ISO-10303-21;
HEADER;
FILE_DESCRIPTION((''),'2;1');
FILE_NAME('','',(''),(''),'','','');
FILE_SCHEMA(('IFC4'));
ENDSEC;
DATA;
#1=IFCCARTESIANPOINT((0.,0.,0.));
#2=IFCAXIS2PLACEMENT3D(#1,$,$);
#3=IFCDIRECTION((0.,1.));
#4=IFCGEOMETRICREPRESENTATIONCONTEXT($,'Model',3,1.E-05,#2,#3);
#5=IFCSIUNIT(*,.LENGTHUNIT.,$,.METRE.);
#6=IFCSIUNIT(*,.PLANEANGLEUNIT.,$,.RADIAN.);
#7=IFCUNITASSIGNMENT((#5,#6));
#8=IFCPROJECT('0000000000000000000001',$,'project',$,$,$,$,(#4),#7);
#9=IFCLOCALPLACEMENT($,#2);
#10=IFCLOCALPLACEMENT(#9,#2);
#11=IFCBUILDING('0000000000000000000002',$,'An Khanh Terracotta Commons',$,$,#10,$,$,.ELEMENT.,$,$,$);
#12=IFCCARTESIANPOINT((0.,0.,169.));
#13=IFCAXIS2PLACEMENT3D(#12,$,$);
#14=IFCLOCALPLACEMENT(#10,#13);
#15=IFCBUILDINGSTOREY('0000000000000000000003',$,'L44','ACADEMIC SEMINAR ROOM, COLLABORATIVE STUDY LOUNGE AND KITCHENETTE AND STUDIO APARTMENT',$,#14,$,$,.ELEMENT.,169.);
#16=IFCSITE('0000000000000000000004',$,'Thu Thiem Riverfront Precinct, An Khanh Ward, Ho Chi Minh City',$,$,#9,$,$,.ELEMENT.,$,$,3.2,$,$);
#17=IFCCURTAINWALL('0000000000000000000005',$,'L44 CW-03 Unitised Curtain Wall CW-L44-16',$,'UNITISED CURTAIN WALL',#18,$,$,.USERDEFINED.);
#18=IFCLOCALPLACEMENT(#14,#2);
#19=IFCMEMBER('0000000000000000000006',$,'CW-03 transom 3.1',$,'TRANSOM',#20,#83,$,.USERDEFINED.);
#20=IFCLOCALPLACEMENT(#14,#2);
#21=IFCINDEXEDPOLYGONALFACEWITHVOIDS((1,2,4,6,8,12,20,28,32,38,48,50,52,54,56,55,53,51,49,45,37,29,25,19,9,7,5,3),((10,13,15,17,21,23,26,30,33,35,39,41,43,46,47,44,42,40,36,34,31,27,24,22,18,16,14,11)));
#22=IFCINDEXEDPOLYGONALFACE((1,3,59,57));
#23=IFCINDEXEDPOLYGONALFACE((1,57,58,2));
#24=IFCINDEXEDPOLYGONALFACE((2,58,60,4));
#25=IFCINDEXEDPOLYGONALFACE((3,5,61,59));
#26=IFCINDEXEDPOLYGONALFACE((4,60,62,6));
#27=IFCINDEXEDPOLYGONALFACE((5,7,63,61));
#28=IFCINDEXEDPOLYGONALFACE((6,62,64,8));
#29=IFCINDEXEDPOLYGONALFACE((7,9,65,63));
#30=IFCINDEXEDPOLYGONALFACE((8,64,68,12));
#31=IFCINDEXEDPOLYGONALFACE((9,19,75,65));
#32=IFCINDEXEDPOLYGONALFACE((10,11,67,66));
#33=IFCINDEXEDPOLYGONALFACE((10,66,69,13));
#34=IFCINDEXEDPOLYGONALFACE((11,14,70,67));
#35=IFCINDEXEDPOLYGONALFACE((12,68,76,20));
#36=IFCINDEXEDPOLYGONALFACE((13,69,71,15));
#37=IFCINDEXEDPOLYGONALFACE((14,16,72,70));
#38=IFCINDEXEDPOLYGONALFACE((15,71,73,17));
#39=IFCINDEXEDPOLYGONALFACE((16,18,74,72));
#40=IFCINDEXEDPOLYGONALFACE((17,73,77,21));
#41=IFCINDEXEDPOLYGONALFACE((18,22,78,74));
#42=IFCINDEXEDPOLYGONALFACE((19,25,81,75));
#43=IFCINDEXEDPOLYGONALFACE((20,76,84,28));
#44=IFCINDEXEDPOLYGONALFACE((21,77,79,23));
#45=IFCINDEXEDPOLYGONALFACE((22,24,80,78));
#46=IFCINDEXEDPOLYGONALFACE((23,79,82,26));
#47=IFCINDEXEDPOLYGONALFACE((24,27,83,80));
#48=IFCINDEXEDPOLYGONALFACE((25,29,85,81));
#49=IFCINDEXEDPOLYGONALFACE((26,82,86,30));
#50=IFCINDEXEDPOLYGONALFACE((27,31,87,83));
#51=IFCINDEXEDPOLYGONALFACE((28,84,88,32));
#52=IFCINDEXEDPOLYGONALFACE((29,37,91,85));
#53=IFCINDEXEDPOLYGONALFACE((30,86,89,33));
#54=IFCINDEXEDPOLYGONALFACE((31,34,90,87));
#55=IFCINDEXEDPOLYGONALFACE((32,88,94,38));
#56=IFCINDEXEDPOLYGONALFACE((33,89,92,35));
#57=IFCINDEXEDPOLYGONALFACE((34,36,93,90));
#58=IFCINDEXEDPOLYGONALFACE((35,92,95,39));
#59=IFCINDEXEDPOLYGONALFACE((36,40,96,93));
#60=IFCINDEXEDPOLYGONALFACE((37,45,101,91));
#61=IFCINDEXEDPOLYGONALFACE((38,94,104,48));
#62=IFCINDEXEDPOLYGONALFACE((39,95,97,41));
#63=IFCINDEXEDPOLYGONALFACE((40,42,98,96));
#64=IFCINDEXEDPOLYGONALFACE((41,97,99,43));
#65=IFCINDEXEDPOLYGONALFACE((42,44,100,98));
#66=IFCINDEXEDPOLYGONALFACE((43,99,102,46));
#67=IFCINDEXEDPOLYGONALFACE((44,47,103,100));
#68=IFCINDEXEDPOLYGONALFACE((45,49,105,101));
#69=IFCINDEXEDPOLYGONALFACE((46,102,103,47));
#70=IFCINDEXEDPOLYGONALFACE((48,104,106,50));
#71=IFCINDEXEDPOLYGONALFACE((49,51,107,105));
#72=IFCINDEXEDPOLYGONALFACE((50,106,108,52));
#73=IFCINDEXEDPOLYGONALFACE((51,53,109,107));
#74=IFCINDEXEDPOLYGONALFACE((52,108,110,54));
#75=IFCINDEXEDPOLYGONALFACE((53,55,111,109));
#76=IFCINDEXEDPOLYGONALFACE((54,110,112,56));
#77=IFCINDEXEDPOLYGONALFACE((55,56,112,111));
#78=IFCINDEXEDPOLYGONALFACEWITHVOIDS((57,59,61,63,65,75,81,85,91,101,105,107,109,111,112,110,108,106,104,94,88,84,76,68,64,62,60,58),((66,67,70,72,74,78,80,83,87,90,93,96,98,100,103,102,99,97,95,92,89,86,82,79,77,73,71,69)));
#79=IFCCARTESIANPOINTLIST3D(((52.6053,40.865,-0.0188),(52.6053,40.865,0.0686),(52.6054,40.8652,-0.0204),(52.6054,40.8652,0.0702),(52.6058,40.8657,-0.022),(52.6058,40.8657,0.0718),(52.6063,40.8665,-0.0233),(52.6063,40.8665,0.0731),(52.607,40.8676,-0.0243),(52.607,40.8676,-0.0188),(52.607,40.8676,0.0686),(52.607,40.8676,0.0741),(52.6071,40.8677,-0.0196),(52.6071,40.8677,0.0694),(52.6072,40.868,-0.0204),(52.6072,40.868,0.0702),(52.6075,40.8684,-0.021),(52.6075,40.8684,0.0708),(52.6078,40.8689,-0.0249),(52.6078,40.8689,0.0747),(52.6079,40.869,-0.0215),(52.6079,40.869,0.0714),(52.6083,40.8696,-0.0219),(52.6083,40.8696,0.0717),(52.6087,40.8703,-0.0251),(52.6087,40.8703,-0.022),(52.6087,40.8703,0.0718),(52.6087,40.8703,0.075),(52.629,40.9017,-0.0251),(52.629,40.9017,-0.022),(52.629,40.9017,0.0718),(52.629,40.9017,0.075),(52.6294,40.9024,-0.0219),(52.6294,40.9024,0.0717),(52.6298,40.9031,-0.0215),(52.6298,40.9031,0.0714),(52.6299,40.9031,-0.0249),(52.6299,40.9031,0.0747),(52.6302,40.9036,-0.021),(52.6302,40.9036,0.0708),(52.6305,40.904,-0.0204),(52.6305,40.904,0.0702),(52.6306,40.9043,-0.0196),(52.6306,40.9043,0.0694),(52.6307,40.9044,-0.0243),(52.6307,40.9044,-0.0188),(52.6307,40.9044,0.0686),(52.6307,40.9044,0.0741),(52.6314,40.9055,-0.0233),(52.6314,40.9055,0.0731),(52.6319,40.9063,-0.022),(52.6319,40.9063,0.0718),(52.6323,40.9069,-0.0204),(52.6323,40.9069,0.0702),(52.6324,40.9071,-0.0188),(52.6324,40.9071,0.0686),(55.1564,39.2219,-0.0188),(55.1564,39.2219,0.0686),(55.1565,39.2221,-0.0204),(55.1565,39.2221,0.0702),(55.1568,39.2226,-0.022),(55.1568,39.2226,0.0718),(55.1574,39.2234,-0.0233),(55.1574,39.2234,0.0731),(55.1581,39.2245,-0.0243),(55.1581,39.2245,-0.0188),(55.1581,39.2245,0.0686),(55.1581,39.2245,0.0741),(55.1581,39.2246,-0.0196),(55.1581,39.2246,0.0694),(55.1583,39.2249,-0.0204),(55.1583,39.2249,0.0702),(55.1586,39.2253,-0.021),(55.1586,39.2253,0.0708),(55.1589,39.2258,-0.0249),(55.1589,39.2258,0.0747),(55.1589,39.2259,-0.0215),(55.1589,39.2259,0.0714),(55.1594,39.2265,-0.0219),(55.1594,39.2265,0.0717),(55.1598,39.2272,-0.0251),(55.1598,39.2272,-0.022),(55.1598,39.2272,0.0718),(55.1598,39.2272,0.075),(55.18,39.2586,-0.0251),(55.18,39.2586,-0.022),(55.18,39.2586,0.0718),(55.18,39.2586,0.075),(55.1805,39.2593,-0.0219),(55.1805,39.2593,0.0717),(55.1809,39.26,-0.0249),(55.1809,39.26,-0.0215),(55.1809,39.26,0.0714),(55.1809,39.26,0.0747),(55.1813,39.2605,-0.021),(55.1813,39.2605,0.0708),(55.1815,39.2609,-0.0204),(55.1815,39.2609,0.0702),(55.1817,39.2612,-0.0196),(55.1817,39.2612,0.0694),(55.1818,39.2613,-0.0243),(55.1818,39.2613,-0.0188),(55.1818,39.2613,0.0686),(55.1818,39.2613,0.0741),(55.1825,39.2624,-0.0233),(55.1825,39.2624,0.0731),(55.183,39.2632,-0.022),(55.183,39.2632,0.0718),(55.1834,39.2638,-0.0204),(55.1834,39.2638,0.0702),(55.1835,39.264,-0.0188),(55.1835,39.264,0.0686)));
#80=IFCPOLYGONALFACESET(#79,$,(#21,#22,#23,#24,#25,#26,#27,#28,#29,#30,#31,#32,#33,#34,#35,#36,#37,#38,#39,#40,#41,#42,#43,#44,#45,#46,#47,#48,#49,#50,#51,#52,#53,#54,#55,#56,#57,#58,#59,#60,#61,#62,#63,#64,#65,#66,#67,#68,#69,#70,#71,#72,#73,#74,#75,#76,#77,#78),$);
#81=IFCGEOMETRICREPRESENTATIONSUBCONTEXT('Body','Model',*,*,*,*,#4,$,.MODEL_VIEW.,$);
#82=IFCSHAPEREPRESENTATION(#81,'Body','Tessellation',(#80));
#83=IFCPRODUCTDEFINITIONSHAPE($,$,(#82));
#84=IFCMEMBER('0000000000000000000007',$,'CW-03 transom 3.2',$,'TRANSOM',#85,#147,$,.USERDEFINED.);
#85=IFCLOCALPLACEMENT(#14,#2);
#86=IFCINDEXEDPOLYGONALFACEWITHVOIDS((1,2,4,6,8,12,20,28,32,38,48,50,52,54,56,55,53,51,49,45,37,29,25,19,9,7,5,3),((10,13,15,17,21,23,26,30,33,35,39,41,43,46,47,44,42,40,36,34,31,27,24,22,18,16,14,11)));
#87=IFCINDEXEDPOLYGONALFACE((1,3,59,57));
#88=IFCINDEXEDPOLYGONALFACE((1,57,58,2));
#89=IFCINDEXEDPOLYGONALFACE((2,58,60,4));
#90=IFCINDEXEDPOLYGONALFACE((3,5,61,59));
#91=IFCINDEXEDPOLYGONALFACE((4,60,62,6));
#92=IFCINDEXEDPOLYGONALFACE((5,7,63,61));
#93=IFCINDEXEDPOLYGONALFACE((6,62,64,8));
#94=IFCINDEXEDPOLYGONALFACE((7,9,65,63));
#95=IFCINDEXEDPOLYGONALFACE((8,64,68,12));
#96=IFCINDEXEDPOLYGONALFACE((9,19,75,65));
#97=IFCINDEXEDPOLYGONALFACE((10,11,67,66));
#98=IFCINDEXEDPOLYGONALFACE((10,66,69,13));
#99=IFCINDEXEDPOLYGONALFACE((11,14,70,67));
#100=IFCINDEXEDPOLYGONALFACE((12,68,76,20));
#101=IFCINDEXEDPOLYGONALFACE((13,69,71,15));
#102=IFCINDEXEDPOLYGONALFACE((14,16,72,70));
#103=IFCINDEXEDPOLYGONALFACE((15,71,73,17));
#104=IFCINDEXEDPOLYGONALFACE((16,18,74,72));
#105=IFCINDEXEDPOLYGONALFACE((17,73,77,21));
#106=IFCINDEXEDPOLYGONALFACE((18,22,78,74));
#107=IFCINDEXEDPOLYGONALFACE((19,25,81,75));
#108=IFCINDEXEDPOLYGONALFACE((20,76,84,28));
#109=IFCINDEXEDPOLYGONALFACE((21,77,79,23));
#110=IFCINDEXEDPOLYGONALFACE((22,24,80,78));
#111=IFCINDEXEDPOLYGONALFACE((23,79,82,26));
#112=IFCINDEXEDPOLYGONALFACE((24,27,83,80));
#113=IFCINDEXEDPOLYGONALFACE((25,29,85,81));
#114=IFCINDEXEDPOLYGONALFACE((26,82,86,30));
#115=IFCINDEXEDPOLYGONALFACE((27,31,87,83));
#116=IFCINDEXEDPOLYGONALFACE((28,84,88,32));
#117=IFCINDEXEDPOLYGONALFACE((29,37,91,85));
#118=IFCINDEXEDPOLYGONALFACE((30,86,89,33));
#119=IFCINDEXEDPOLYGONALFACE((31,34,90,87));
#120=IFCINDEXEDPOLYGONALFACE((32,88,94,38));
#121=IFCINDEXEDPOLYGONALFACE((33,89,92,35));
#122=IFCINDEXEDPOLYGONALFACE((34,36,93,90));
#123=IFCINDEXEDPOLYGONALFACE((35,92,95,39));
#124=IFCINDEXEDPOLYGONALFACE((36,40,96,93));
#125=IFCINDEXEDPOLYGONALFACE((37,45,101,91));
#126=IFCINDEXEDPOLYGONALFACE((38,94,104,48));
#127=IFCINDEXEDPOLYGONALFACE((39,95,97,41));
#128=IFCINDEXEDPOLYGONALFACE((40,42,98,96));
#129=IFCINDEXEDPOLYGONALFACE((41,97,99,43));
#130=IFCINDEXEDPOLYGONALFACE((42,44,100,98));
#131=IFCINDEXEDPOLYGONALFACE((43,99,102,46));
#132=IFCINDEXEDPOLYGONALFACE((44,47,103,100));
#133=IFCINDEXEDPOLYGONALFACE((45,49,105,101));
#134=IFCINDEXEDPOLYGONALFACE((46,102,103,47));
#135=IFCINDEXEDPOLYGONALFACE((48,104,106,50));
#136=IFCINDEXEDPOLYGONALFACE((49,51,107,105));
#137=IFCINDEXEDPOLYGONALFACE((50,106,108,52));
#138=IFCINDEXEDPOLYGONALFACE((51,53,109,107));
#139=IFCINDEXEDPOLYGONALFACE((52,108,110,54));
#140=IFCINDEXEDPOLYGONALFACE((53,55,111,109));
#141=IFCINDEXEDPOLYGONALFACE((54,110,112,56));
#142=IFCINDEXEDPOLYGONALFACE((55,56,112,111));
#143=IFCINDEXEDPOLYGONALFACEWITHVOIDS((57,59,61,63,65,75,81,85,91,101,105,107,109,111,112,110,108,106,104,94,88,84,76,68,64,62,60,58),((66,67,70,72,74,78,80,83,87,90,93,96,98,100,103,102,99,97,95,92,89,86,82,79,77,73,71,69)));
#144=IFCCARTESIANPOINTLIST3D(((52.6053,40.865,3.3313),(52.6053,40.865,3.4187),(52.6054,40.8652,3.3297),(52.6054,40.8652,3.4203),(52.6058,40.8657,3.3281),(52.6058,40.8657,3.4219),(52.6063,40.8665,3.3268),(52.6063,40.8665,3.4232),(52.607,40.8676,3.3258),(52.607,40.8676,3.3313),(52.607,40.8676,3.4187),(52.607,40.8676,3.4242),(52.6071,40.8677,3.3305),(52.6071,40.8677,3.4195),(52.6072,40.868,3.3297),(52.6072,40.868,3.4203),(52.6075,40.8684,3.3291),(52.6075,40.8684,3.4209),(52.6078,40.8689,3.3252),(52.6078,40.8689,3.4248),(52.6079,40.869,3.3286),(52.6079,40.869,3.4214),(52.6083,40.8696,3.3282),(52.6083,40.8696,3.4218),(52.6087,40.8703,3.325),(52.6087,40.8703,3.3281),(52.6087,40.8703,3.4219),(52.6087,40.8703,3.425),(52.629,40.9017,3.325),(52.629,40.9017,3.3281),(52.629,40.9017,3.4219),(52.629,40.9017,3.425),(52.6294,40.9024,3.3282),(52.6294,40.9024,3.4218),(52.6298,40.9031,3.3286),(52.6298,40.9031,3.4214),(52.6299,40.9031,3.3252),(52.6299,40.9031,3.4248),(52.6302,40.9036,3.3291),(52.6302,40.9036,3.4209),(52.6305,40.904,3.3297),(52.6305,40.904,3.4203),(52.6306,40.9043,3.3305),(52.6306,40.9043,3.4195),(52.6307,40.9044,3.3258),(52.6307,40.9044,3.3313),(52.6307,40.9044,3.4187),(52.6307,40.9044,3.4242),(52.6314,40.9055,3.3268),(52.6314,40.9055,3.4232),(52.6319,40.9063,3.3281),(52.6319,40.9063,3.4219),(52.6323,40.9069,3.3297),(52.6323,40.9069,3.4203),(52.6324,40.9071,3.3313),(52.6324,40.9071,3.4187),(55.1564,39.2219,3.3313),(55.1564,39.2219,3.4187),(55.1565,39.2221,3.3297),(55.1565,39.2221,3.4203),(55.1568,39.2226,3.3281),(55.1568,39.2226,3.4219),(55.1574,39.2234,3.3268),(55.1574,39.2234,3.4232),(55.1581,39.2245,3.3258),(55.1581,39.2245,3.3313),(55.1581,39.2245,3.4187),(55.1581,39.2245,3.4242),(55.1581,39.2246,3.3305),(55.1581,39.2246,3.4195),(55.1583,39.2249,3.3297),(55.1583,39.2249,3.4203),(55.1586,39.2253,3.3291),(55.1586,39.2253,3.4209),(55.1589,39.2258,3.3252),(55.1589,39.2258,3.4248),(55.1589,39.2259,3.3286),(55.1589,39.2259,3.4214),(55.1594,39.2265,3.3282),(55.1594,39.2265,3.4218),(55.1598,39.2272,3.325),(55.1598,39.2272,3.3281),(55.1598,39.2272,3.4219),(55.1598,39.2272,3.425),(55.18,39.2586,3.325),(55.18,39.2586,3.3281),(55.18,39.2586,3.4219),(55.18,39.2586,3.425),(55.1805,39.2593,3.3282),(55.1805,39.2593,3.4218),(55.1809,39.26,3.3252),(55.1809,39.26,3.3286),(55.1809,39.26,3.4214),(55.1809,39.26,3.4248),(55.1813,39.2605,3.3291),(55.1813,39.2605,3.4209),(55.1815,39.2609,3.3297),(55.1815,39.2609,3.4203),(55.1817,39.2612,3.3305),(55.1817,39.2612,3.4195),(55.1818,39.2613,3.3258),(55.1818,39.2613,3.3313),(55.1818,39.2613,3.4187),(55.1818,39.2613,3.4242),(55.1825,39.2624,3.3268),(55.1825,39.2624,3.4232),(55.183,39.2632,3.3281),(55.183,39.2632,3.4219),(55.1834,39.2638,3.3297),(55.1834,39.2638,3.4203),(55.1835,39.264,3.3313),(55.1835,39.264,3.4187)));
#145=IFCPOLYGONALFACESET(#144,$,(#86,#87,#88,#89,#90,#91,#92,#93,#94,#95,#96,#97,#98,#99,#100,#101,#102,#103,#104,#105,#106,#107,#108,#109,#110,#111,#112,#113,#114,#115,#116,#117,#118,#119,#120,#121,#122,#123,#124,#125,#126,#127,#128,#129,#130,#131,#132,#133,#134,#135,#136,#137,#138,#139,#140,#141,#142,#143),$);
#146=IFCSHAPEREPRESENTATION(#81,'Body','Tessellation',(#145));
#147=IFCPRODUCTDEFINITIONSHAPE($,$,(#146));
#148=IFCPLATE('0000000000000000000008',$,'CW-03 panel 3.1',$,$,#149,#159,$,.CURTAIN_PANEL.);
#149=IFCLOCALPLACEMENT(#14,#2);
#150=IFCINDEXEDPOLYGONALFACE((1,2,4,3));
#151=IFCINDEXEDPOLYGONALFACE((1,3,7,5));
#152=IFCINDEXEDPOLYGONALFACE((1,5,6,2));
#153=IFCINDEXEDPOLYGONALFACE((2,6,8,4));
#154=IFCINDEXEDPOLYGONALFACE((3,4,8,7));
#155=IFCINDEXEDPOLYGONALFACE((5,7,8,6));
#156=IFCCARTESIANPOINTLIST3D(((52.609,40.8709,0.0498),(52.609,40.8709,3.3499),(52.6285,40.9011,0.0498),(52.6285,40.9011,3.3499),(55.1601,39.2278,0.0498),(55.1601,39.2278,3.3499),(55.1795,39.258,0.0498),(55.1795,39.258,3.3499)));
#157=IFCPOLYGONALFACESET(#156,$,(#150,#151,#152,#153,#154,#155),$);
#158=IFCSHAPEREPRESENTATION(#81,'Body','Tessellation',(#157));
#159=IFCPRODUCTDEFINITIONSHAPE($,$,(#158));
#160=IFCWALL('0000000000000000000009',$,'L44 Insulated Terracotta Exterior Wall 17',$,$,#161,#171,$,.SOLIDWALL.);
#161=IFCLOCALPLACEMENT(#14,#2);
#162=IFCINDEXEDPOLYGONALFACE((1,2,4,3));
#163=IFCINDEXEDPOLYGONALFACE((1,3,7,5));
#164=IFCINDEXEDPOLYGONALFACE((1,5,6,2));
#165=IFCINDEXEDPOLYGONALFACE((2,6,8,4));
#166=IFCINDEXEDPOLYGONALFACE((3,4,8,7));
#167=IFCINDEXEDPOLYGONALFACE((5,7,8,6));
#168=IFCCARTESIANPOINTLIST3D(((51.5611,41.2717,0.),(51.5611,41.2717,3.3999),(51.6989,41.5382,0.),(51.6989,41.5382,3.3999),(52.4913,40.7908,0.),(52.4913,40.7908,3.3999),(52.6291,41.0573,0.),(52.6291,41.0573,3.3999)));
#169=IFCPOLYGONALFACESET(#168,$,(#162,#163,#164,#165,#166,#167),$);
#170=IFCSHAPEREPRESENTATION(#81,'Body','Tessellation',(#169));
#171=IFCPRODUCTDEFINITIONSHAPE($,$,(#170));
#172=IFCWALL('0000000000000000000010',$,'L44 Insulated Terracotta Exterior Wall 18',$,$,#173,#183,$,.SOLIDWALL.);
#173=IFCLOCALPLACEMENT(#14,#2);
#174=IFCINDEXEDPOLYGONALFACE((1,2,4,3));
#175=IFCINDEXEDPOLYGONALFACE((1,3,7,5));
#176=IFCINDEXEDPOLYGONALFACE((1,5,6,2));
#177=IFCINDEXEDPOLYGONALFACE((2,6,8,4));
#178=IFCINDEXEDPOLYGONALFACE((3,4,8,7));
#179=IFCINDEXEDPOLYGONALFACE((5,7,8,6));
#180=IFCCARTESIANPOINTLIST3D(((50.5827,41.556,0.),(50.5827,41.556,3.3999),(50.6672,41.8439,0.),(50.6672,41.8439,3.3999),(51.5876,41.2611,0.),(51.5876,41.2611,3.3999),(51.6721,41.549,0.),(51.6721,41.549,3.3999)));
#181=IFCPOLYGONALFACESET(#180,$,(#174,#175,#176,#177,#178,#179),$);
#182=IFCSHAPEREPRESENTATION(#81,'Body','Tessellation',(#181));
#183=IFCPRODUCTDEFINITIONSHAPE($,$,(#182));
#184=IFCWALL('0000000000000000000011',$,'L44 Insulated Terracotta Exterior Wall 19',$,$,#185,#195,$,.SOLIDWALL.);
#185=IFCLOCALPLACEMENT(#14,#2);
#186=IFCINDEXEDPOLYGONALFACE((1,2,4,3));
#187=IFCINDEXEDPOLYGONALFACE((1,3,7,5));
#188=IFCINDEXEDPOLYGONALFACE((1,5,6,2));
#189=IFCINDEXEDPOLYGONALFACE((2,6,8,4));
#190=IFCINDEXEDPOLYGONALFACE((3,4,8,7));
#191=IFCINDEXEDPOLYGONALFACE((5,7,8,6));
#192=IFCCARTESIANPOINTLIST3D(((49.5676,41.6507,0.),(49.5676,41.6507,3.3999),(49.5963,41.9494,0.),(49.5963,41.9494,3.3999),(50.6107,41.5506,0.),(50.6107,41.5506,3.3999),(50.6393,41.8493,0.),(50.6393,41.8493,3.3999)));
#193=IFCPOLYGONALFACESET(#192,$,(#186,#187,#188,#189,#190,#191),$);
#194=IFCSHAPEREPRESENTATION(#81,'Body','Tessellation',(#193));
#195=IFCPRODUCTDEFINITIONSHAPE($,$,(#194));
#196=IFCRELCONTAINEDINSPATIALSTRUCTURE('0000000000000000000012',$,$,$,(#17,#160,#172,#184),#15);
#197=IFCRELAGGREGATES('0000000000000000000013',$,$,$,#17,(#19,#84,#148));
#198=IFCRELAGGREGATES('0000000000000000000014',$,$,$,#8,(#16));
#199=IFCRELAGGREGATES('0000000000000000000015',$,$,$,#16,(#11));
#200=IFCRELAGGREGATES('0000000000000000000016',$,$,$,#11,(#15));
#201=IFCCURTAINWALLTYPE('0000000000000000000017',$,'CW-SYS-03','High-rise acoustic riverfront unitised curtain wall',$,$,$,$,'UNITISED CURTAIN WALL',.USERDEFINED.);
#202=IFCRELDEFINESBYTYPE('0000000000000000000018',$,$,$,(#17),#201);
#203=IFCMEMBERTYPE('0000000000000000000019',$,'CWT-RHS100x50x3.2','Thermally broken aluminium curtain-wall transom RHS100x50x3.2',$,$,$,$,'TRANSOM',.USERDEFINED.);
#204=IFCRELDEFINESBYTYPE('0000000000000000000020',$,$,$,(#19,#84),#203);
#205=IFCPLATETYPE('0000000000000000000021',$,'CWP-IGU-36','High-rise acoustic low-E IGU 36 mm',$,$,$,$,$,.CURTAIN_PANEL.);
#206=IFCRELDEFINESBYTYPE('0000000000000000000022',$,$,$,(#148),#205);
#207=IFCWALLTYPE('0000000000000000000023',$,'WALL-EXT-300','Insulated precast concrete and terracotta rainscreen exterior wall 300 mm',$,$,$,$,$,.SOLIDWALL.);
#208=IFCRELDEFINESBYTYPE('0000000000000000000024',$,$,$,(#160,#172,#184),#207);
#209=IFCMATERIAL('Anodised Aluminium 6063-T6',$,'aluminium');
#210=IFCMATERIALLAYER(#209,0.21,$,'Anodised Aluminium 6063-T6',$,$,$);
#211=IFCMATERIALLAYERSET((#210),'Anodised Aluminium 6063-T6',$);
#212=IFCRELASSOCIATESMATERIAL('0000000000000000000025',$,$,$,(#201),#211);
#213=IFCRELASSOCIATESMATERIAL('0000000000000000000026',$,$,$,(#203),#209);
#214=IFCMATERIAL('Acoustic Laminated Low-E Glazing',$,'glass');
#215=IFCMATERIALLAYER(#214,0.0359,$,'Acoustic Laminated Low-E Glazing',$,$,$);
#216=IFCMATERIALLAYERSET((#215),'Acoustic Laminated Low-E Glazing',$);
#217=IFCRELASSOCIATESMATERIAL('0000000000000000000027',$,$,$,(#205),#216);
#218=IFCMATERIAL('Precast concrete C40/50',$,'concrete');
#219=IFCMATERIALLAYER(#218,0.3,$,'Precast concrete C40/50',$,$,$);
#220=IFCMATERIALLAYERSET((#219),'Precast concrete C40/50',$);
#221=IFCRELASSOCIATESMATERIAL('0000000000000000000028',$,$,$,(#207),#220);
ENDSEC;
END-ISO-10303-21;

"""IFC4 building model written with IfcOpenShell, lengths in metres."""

from ifc_helpers import new_model, si_unit, direction, frame, frame_2d, origin, origin_2d, place, context, subcontext, project, spatial, rectangle, hollow_rectangle, extrude, material, layer, layer_set, material_profile, profile_set, type_object, element, aggregate, save


model = new_model("IFC4")

# Units and contexts
model_context = context("Model", 3, precision=1e-05, world=origin(), true_north=direction((0.0, 1.0)))
body_context = subcontext(model_context, "Body", "Model", "MODEL_VIEW")
ifc_project = project(units=[si_unit("LENGTHUNIT", "METRE"), si_unit("PLANEANGLEUNIT", "RADIAN")], contexts=[model_context])

# Site, building, storey
site_placement = place(None, origin())
site = spatial("IfcSite", under=ifc_project, at=site_placement, Name="Thu Thiem Riverfront Precinct, An Khanh Ward, Ho Chi Minh City", CompositionType="ELEMENT", RefElevation=3.2)
building_placement = place(site_placement, origin())
building = spatial("IfcBuilding", under=site, at=building_placement, Name="An Khanh Terracotta Commons", CompositionType="ELEMENT")
storey_placement = place(building_placement, frame((0.0, 0.0, 169.0)))
storey = spatial("IfcBuildingStorey", under=building, at=storey_placement, Name="L44", Description="ACADEMIC SEMINAR ROOM, COLLABORATIVE STUDY LOUNGE AND KITCHENETTE AND STUDIO APARTMENT", CompositionType="ELEMENT", Elevation=169.0)

# Curtain wall, members, plate
ifc_material_1 = material(Name="Anodised Aluminium 6063-T6", Category="aluminium")
ifc_layer_1 = layer(ifc_material_1, 0.21, Name="Anodised Aluminium 6063-T6")
ifc_layer_set_1 = layer_set([ifc_layer_1], Name="Anodised Aluminium 6063-T6")
curtain_wall_type = type_object("IfcCurtainWallType", Name="CW-SYS-03", Description="High-rise acoustic riverfront unitised curtain wall", ElementType="UNITISED CURTAIN WALL", PredefinedType="USERDEFINED", material=ifc_layer_set_1)
curtain_wall_placement = place(storey_placement, origin())
curtain_wall = element("IfcCurtainWall", 1, at=curtain_wall_placement, inside=storey, type_object=curtain_wall_type, Name="L44 CW-03 Unitised Curtain Wall CW-L44-16", ObjectType="UNITISED CURTAIN WALL", PredefinedType="USERDEFINED")
ifc_material_profile_1 = material_profile(ifc_material_1, hollow_rectangle(XDim=0.05, YDim=0.1001, WallThickness=0.0032, InnerFilletRadius=0.0032, OuterFilletRadius=0.0063, at=origin_2d()), Name="RHS100x50x3.2")
ifc_profile_set_1 = profile_set([ifc_material_profile_1], Name="Anodised Aluminium 6063-T6")
member_type_1 = type_object("IfcMemberType", Name="CWT-RHS100x50x3.2", Description="Thermally broken aluminium curtain-wall transom RHS100x50x3.2", ElementType="TRANSOM", PredefinedType="USERDEFINED", material=ifc_profile_set_1)
member_1_placement = place(storey_placement, frame((55.1699, 39.2429, 0.0249), z_axis=(-0.84071, 0.541485, 0.0), x_axis=(-0.541485, -0.84071, 0.0)))
member_1 = element("IfcMember", 2, at=member_1_placement, type_object=member_type_1, Name="CW-03 transom 3.1", ObjectType="TRANSOM", PredefinedType="USERDEFINED", context=body_context, shape_type="SweptSolid", body=[
    extrude(hollow_rectangle(XDim=0.05, YDim=0.1001, WallThickness=0.0032, InnerFilletRadius=0.0032, OuterFilletRadius=0.0063, at=origin_2d()), origin(), (0.0, 0.0, 1.0), 3.0344),
])
member_2_placement = place(storey_placement, frame((55.1699, 39.2429, 3.375), z_axis=(-0.84071, 0.541485, 0.0), x_axis=(-0.541485, -0.84071, 0.0)))
member_2 = element("IfcMember", 3, at=member_2_placement, type_object=member_type_1, Name="CW-03 transom 3.2", ObjectType="TRANSOM", PredefinedType="USERDEFINED", context=body_context, shape_type="SweptSolid", body=[
    extrude(hollow_rectangle(XDim=0.05, YDim=0.1001, WallThickness=0.0032, InnerFilletRadius=0.0032, OuterFilletRadius=0.0063, at=origin_2d()), origin(), (0.0, 0.0, 1.0), 3.0344),
])
ifc_material_2 = material(Name="Acoustic Laminated Low-E Glazing", Category="glass")
ifc_layer_2 = layer(ifc_material_2, 0.0359, Name="Acoustic Laminated Low-E Glazing")
ifc_layer_set_2 = layer_set([ifc_layer_2], Name="Acoustic Laminated Low-E Glazing")
plate_type = type_object("IfcPlateType", Name="CWP-IGU-36", Description="High-rise acoustic low-E IGU 36 mm", PredefinedType="CURTAIN_PANEL", material=ifc_layer_set_2)
plate_placement = place(storey_placement, frame((53.8943, 40.0645, 0.0498), z_axis=(0.0, 0.0, 1.0), x_axis=(-0.840702, 0.541498, 0.0)))
plate = element("IfcPlate", 4, at=plate_placement, type_object=plate_type, Name="CW-03 panel 3.1", PredefinedType="CURTAIN_PANEL", context=body_context, shape_type="SweptSolid", body=[
    extrude(rectangle(XDim=3.0344, YDim=0.0359, at=origin_2d()), origin(), (0.0, 0.0, 1.0), 3.3),
])
aggregate(curtain_wall, [member_1, member_2, plate])

# Walls
ifc_material_3 = material(Name="Precast concrete C40/50", Category="concrete")
ifc_layer_3 = layer(ifc_material_3, 0.3, Name="Precast concrete C40/50")
ifc_layer_set_3 = layer_set([ifc_layer_3], Name="Precast concrete C40/50")
wall_type_1 = type_object("IfcWallType", Name="WALL-EXT-300", Description="Insulated precast concrete and terracotta rainscreen exterior wall 300 mm", PredefinedType="SOLIDWALL", material=ifc_layer_set_3)
wall_1_placement = place(storey_placement, frame((52.5601, 40.9241, 0.0), z_axis=(0.0, 0.0, 1.0), x_axis=(-0.888283, 0.459296, 0.0)))
element("IfcWall", 5, at=wall_1_placement, inside=storey, type_object=wall_type_1, Name="L44 Insulated Terracotta Exterior Wall 17", PredefinedType="SOLIDWALL", context=body_context, shape_type="SweptSolid", body=[
    extrude(rectangle(XDim=1.0471, YDim=0.3, at=frame_2d((0.5234, 0.0))), origin(), (0.0, 0.0, 1.0), 3.3999),
])
wall_2_placement = place(storey_placement, frame((51.6299, 41.405, 0.0), z_axis=(0.0, 0.0, 1.0), x_axis=(-0.959529, 0.281611, 0.0)))
element("IfcWall", 6, at=wall_2_placement, inside=storey, type_object=wall_type_1, Name="L44 Insulated Terracotta Exterior Wall 18", PredefinedType="SOLIDWALL", context=body_context, shape_type="SweptSolid", body=[
    extrude(rectangle(XDim=1.0474, YDim=0.3, at=frame_2d((0.5237, 0.0))), origin(), (0.0, 0.0, 1.0), 3.3999),
])
wall_3_placement = place(storey_placement, frame((50.625, 41.7, 0.0), z_axis=(0.0, 0.0, 1.0), x_axis=(-0.995426, 0.095535, 0.0)))
element("IfcWall", 7, at=wall_3_placement, inside=storey, type_object=wall_type_1, Name="L44 Insulated Terracotta Exterior Wall 19", PredefinedType="SOLIDWALL", context=body_context, shape_type="SweptSolid", body=[
    extrude(rectangle(XDim=1.0479, YDim=0.3, at=frame_2d((0.5239, 0.0))), origin(), (0.0, 0.0, 1.0), 3.3999),
])

save(model, "model.ifc")
